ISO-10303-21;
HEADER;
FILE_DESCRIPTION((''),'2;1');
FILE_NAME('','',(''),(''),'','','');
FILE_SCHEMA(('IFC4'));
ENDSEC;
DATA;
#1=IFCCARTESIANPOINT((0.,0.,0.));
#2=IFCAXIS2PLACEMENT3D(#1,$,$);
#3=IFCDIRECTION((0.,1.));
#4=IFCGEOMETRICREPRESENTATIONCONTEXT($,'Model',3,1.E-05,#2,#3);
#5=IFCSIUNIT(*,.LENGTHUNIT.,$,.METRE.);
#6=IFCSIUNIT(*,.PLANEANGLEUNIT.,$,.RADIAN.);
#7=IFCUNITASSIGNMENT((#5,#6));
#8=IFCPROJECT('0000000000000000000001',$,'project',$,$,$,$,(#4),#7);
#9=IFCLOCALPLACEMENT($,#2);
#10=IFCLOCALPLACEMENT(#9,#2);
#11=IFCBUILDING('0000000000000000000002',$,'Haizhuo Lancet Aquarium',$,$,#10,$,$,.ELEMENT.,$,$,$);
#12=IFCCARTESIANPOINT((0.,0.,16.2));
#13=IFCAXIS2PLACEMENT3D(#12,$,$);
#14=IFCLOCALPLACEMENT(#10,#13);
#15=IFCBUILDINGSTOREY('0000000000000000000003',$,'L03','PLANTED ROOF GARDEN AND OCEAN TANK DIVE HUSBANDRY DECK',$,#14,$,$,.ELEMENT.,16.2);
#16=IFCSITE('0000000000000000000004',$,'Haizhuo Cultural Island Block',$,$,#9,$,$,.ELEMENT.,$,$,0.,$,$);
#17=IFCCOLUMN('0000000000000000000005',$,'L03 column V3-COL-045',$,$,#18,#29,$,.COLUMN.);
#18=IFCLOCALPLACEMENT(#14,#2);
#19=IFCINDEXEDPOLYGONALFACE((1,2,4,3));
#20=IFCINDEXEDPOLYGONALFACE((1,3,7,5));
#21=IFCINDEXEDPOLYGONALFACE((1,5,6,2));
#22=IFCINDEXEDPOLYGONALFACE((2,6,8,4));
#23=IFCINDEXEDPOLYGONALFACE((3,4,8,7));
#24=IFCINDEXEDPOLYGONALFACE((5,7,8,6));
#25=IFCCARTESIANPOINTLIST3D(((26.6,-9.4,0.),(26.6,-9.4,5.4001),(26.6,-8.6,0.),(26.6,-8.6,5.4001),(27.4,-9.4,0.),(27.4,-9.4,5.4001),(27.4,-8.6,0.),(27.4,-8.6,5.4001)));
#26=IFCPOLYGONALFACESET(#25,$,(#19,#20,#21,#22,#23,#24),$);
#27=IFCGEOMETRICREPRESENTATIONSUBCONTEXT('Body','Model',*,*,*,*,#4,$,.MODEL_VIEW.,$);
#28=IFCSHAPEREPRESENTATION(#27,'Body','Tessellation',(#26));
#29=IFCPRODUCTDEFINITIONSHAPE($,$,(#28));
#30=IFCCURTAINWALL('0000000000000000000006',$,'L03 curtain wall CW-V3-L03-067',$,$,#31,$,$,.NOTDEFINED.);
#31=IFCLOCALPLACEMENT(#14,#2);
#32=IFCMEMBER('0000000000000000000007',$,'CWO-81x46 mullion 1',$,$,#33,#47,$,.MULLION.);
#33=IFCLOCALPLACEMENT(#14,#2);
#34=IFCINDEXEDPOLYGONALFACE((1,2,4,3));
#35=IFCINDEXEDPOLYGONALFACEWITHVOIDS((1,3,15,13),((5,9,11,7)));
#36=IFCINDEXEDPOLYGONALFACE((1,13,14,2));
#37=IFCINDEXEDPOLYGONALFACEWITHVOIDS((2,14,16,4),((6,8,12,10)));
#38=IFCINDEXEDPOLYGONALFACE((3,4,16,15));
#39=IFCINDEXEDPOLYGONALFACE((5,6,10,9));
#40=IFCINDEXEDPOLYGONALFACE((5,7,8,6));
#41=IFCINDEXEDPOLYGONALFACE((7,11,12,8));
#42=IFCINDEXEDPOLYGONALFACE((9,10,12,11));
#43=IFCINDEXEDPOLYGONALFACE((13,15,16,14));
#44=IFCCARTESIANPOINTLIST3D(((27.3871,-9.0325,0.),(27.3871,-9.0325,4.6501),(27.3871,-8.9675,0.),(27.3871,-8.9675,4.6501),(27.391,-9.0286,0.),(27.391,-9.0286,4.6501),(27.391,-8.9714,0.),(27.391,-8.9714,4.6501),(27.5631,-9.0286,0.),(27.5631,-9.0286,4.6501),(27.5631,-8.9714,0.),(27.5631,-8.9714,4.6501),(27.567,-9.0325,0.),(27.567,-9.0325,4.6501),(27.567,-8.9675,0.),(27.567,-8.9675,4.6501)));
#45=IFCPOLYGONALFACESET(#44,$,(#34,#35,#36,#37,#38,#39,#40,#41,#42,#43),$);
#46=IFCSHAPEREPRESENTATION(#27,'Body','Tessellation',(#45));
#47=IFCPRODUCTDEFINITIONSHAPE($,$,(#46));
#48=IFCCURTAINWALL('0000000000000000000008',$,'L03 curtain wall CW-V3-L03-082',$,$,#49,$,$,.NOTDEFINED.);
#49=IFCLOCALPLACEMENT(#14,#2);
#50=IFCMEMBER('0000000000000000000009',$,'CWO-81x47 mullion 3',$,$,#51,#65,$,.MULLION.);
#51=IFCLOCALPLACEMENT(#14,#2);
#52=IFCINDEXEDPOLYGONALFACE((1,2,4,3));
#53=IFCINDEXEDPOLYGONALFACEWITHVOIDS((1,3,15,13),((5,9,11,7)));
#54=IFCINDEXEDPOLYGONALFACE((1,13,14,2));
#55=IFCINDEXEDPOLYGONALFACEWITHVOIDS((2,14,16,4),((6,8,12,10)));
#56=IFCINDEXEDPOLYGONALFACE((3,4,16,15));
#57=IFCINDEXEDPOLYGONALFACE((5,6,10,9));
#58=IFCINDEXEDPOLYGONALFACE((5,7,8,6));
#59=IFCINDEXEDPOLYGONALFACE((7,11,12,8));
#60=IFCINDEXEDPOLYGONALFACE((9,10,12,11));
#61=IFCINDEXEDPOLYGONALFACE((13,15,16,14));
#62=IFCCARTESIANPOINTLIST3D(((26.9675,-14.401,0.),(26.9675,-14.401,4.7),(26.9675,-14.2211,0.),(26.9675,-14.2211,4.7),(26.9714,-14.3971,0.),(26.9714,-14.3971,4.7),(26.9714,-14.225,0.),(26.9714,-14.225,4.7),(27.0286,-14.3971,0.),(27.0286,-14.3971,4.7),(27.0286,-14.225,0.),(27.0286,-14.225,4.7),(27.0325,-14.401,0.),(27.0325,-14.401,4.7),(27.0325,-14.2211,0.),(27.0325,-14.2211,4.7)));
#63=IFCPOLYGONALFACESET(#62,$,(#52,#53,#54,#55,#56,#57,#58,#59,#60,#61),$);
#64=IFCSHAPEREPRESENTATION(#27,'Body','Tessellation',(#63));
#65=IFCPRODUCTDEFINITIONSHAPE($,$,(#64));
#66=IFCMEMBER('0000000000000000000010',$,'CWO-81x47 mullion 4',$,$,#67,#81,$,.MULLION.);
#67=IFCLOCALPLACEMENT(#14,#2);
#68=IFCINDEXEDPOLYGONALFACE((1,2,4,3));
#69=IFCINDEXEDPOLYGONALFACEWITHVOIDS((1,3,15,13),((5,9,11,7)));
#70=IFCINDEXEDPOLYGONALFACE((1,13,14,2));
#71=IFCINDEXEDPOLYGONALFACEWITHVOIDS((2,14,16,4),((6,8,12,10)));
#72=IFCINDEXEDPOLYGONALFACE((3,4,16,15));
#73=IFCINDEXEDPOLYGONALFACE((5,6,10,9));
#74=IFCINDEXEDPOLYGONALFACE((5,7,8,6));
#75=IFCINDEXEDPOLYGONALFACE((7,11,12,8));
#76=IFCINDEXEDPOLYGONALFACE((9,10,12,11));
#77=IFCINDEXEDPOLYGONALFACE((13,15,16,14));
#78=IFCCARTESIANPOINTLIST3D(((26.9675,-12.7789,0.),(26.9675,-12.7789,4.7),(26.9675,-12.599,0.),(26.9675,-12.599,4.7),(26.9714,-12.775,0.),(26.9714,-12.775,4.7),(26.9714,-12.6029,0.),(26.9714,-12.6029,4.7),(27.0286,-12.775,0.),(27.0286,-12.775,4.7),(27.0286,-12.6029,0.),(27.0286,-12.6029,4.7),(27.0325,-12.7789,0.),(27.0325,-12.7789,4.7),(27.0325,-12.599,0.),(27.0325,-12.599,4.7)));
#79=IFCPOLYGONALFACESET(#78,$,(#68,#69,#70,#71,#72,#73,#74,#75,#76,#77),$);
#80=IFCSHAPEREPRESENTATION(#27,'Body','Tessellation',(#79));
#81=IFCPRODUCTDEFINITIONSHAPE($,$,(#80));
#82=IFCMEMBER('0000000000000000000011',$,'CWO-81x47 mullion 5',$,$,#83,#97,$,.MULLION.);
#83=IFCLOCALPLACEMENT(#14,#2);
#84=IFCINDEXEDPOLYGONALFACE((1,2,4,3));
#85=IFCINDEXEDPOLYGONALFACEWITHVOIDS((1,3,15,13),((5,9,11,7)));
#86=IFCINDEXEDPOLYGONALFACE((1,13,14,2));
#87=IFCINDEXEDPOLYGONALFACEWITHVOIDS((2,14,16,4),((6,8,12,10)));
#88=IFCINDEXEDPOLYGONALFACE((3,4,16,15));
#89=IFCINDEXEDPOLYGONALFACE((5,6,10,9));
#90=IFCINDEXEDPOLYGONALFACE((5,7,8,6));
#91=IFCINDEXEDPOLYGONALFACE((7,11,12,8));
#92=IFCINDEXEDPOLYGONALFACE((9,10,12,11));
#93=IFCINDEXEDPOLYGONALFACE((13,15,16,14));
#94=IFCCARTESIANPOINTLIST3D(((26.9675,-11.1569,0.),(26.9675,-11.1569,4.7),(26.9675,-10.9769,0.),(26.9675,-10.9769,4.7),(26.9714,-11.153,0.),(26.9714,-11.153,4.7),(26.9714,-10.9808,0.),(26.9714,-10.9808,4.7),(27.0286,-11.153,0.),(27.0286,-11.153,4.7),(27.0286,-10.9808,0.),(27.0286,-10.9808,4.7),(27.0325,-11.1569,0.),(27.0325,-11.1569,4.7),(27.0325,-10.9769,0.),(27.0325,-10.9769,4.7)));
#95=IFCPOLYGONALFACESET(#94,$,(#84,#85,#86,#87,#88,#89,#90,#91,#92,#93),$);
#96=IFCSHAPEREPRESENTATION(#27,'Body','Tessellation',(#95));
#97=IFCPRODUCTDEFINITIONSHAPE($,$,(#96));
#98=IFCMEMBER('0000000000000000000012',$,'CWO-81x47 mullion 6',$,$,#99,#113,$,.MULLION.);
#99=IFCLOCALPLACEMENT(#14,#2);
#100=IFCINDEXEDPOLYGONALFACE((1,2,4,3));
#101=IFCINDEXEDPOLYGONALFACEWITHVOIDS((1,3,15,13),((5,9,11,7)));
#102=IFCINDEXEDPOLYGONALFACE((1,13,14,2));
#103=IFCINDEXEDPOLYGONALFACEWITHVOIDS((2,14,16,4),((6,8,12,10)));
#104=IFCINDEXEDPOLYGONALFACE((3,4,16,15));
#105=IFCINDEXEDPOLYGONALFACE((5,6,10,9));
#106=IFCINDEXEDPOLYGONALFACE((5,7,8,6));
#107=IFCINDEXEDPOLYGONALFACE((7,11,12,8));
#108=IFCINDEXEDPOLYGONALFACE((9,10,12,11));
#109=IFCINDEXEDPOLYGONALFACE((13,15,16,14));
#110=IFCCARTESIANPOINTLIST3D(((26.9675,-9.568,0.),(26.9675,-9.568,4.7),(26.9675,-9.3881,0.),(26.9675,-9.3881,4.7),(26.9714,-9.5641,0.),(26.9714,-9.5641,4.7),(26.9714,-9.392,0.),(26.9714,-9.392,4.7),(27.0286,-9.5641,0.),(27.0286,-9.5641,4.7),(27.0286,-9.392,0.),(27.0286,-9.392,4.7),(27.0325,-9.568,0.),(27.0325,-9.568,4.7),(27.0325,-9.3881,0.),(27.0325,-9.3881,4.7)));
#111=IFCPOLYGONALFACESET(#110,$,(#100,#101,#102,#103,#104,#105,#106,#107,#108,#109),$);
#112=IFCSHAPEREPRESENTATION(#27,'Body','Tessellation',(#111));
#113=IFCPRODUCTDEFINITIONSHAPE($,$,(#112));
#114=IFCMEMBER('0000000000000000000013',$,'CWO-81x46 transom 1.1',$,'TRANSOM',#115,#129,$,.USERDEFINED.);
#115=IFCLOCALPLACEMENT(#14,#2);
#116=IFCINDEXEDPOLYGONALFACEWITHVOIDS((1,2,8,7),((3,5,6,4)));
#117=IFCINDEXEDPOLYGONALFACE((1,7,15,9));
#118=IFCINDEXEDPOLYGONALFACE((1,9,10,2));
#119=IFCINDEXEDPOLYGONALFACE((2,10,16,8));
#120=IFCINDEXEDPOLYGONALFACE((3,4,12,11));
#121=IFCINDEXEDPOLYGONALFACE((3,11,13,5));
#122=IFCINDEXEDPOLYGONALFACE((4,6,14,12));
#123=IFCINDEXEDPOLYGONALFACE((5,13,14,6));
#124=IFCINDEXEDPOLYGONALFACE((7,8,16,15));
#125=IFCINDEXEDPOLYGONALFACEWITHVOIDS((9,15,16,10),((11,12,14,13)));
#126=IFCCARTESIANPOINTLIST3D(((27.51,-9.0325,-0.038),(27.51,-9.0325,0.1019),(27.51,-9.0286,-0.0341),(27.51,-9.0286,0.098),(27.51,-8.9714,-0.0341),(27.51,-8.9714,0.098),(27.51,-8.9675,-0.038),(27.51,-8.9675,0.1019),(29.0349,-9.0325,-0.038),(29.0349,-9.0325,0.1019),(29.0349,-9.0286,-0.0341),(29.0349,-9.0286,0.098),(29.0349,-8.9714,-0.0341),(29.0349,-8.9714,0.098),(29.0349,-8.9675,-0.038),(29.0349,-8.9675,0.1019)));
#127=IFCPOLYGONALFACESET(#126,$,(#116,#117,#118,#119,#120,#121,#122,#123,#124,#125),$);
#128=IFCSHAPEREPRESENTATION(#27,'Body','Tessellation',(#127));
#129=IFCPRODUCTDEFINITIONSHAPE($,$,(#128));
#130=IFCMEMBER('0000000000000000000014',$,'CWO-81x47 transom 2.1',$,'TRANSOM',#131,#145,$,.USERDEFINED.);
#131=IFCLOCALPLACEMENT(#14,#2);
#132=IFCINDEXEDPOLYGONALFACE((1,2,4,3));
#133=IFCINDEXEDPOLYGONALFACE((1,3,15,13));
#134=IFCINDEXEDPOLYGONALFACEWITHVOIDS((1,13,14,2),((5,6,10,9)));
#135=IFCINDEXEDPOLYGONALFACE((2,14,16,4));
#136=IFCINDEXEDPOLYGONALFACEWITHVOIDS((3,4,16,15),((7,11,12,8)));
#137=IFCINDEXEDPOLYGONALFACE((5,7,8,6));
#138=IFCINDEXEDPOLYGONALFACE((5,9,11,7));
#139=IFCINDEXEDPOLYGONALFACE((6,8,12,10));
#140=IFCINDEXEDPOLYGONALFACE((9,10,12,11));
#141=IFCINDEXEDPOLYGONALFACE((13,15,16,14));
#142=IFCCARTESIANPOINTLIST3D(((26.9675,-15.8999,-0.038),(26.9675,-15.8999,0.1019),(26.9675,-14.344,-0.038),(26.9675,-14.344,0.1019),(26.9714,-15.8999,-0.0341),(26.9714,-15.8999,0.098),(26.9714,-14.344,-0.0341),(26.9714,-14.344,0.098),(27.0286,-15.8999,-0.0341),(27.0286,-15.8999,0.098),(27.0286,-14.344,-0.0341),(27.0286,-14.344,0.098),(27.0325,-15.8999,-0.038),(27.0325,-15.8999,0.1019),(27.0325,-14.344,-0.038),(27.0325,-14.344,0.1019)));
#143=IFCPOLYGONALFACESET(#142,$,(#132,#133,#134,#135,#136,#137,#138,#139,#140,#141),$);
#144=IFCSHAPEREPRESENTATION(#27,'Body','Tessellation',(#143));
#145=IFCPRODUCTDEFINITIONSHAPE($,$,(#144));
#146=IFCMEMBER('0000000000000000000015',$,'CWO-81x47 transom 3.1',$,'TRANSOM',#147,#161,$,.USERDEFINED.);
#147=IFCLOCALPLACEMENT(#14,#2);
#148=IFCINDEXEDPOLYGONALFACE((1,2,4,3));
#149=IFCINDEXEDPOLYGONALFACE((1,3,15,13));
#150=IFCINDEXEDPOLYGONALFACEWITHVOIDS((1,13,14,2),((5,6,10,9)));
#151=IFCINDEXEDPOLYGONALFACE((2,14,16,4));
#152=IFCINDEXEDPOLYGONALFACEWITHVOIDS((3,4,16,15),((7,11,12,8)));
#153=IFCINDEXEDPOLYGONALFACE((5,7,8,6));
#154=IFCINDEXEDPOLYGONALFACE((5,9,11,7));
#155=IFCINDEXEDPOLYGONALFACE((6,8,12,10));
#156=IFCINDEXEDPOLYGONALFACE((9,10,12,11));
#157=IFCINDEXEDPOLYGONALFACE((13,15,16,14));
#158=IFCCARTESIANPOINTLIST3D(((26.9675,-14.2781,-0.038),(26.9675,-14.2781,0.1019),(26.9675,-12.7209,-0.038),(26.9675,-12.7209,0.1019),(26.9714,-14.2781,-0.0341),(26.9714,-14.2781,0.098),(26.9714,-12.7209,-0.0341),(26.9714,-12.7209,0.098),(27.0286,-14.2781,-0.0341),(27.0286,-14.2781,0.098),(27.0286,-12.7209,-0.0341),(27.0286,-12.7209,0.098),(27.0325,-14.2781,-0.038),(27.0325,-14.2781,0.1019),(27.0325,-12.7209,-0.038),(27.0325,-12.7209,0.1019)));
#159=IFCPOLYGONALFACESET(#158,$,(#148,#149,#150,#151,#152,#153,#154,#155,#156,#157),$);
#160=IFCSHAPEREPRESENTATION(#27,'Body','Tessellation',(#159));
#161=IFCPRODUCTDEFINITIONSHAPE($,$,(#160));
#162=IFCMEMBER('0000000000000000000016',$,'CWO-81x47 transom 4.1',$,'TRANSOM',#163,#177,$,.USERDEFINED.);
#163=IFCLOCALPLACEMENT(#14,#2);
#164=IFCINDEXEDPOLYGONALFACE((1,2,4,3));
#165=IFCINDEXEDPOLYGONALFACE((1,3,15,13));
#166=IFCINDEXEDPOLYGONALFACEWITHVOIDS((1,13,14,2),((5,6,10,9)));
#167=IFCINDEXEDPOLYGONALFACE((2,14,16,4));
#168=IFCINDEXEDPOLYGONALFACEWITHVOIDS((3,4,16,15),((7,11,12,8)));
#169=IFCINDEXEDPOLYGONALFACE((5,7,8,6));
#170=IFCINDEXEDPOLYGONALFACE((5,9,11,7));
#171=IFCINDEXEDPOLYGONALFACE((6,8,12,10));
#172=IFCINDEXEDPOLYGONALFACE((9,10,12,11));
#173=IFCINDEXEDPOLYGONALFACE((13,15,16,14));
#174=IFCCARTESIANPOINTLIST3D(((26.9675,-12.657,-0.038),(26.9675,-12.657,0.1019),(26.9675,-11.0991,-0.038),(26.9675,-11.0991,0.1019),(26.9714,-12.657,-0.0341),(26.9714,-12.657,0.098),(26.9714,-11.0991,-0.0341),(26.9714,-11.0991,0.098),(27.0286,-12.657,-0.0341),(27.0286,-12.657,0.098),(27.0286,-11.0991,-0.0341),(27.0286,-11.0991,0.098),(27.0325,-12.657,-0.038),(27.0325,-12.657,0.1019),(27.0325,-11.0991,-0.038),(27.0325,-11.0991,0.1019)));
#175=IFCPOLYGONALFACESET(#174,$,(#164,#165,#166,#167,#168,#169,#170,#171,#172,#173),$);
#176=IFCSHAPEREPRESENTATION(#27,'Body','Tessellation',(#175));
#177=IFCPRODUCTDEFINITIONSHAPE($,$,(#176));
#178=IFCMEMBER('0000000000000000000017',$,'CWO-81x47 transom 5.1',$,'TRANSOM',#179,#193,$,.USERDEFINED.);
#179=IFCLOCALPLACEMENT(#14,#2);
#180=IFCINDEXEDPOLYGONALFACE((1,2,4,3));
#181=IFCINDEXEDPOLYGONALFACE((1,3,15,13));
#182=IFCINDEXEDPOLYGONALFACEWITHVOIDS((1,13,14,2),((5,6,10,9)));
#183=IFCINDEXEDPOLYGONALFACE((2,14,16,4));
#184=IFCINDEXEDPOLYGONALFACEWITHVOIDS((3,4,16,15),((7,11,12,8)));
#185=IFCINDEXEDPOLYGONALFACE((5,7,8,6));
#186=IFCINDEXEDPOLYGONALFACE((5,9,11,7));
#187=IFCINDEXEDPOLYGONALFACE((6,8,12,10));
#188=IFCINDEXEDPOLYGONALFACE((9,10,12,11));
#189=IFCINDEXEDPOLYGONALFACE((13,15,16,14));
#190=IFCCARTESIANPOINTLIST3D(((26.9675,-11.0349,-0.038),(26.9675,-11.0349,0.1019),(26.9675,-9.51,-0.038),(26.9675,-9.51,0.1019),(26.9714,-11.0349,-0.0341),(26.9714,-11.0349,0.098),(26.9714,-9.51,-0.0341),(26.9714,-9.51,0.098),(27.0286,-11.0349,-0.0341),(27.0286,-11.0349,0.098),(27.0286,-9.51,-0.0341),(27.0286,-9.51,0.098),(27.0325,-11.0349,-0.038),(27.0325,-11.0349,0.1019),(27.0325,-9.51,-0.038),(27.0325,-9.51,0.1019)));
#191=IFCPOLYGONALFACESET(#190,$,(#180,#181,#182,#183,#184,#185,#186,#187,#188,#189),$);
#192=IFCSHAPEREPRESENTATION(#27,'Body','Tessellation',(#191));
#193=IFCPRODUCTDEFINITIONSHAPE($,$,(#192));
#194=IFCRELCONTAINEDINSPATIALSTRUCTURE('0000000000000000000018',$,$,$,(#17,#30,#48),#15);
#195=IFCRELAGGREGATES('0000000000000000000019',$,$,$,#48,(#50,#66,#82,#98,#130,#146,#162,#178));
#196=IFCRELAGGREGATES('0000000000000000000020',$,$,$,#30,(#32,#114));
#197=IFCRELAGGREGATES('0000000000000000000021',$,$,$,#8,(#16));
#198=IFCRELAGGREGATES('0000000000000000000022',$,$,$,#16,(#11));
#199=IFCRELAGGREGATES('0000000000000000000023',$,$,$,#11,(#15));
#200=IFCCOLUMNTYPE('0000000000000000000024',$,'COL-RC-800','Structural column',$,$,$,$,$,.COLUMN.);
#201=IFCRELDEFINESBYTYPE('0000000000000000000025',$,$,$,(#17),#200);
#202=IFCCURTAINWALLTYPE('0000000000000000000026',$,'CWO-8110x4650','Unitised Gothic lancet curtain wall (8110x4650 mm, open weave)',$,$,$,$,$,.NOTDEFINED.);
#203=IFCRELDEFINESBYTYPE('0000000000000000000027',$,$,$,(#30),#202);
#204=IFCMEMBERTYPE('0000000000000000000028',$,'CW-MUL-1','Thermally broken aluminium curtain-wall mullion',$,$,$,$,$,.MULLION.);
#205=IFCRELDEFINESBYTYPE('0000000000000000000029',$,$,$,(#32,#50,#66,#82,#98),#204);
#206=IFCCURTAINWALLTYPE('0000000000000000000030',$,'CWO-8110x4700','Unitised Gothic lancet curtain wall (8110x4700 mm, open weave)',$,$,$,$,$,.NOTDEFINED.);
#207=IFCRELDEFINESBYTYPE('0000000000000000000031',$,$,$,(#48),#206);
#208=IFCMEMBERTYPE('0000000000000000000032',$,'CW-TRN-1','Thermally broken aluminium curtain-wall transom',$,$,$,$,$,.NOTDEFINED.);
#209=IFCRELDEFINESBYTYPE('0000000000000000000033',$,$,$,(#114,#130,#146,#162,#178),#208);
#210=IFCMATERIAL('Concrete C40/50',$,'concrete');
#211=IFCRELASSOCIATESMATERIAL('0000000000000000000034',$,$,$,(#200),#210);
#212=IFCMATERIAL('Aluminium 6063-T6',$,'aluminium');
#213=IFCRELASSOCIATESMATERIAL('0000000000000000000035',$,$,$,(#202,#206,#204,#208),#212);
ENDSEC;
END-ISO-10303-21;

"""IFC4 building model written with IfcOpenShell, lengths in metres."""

from ifc_helpers import new_model, si_unit, direction, frame, origin, origin_2d, place, context, subcontext, project, spatial, rectangle, hollow_rectangle, extrude, material, material_profile, profile_set, type_object, element, aggregate, save


model = new_model("IFC4")

# Units and contexts
model_context = context("Model", 3, precision=1e-05, world=origin(), true_north=direction((0.0, 1.0)))
body_context = subcontext(model_context, "Body", "Model", "MODEL_VIEW")
ifc_project = project(units=[si_unit("LENGTHUNIT", "METRE"), si_unit("PLANEANGLEUNIT", "RADIAN")], contexts=[model_context])

# Site, building, storey
site_placement = place(None, origin())
site = spatial("IfcSite", under=ifc_project, at=site_placement, Name="Haizhuo Cultural Island Block", CompositionType="ELEMENT", RefElevation=0.0)
building_placement = place(site_placement, origin())
building = spatial("IfcBuilding", under=site, at=building_placement, Name="Haizhuo Lancet Aquarium", CompositionType="ELEMENT")
storey_placement = place(building_placement, frame((0.0, 0.0, 16.2)))
storey = spatial("IfcBuildingStorey", under=building, at=storey_placement, Name="L03", Description="PLANTED ROOF GARDEN AND OCEAN TANK DIVE HUSBANDRY DECK", CompositionType="ELEMENT", Elevation=16.2)

# Column
ifc_material_1 = material(Name="Concrete C40/50", Category="concrete")
ifc_material_profile_1 = material_profile(ifc_material_1, rectangle(XDim=0.8, YDim=0.8, at=origin_2d()), Name="RC-COL 800x800")
ifc_profile_set_1 = profile_set([ifc_material_profile_1], Name="Concrete C40/50")
column_type = type_object("IfcColumnType", Name="COL-RC-800", Description="Structural column", PredefinedType="COLUMN", material=ifc_profile_set_1)
column_placement = place(storey_placement, frame((27.0, -9.0, 0.0), z_axis=(0.0, 0.0, 1.0), x_axis=(1.0, 0.0, 0.0)))
element("IfcColumn", 1, at=column_placement, inside=storey, type_object=column_type, Name="L03 column V3-COL-045", PredefinedType="COLUMN", context=body_context, shape_type="SweptSolid", body=[
    extrude(rectangle(XDim=0.8, YDim=0.8, at=origin_2d()), origin(), (0.0, 0.0, 1.0), 5.4001),
])

# Curtain wall, member
ifc_material_2 = material(Name="Aluminium 6063-T6", Category="aluminium")
curtain_wall_type_1 = type_object("IfcCurtainWallType", Name="CWO-8110x4650", Description="Unitised Gothic lancet curtain wall (8110x4650 mm, open weave)", PredefinedType="NOTDEFINED", material=ifc_material_2)
curtain_wall_1_placement = place(storey_placement, origin())
curtain_wall_1 = element("IfcCurtainWall", 2, at=curtain_wall_1_placement, inside=storey, type_object=curtain_wall_type_1, Name="L03 curtain wall CW-V3-L03-067", PredefinedType="NOTDEFINED")
ifc_material_profile_2 = material_profile(ifc_material_2, hollow_rectangle(XDim=0.0649, YDim=0.1799, WallThickness=0.0039, at=origin_2d()), Name="ALU-M 65x180x4")
ifc_profile_set_2 = profile_set([ifc_material_profile_2], Name="Aluminium 6063-T6")
member_type_1 = type_object("IfcMemberType", Name="CW-MUL-1", Description="Thermally broken aluminium curtain-wall mullion", PredefinedType="MULLION", material=ifc_profile_set_2)
member_1_placement = place(storey_placement, frame((27.4771, -9.0, 0.0), z_axis=(0.0, 0.0, 1.0), x_axis=(0.0, 1.0, 0.0)))
member_1 = element("IfcMember", 3, at=member_1_placement, type_object=member_type_1, Name="CWO-81x46 mullion 1", PredefinedType="MULLION", context=body_context, shape_type="SweptSolid", body=[
    extrude(hollow_rectangle(XDim=0.0649, YDim=0.1799, WallThickness=0.0039, at=origin_2d()), origin(), (0.0, 0.0, 1.0), 4.6501),
])

# Curtain wall, members
curtain_wall_type_2 = type_object("IfcCurtainWallType", Name="CWO-8110x4700", Description="Unitised Gothic lancet curtain wall (8110x4700 mm, open weave)", PredefinedType="NOTDEFINED", material=ifc_material_2)
curtain_wall_2_placement = place(storey_placement, origin())
curtain_wall_2 = element("IfcCurtainWall", 4, at=curtain_wall_2_placement, inside=storey, type_object=curtain_wall_type_2, Name="L03 curtain wall CW-V3-L03-082", PredefinedType="NOTDEFINED")
member_2_placement = place(storey_placement, frame((27.0, -14.311, 0.0), z_axis=(0.0, 0.0, 1.0), x_axis=(-1.0, 0.0, 0.0)))
member_2 = element("IfcMember", 5, at=member_2_placement, type_object=member_type_1, Name="CWO-81x47 mullion 3", PredefinedType="MULLION", context=body_context, shape_type="SweptSolid", body=[
    extrude(hollow_rectangle(XDim=0.0649, YDim=0.1799, WallThickness=0.0039, at=origin_2d()), origin(), (0.0, 0.0, 1.0), 4.7),
])
member_3_placement = place(storey_placement, frame((27.0, -12.689, 0.0), z_axis=(0.0, 0.0, 1.0), x_axis=(-1.0, 0.0, 0.0)))
member_3 = element("IfcMember", 6, at=member_3_placement, type_object=member_type_1, Name="CWO-81x47 mullion 4", PredefinedType="MULLION", context=body_context, shape_type="SweptSolid", body=[
    extrude(hollow_rectangle(XDim=0.0649, YDim=0.1799, WallThickness=0.0039, at=origin_2d()), origin(), (0.0, 0.0, 1.0), 4.7),
])
member_4_placement = place(storey_placement, frame((27.0, -11.0669, 0.0), z_axis=(0.0, 0.0, 1.0), x_axis=(-1.0, 0.0, 0.0)))
member_4 = element("IfcMember", 7, at=member_4_placement, type_object=member_type_1, Name="CWO-81x47 mullion 5", PredefinedType="MULLION", context=body_context, shape_type="SweptSolid", body=[
    extrude(hollow_rectangle(XDim=0.0649, YDim=0.1799, WallThickness=0.0039, at=origin_2d()), origin(), (0.0, 0.0, 1.0), 4.7),
])
member_5_placement = place(storey_placement, frame((27.0, -9.478, 0.0), z_axis=(0.0, 0.0, 1.0), x_axis=(-1.0, 0.0, 0.0)))
member_5 = element("IfcMember", 8, at=member_5_placement, type_object=member_type_1, Name="CWO-81x47 mullion 6", PredefinedType="MULLION", context=body_context, shape_type="SweptSolid", body=[
    extrude(hollow_rectangle(XDim=0.0649, YDim=0.1799, WallThickness=0.0039, at=origin_2d()), origin(), (0.0, 0.0, 1.0), 4.7),
])

# Members
ifc_material_profile_3 = material_profile(ifc_material_2, hollow_rectangle(XDim=0.0649, YDim=0.1399, WallThickness=0.0039, at=origin_2d()), Name="ALU-T 65x140x4")
ifc_profile_set_3 = profile_set([ifc_material_profile_3], Name="Aluminium 6063-T6")
member_type_2 = type_object("IfcMemberType", Name="CW-TRN-1", Description="Thermally broken aluminium curtain-wall transom", PredefinedType="NOTDEFINED", material=ifc_profile_set_3)
member_6_placement = place(storey_placement, frame((27.51, -9.0, 0.032), z_axis=(1.0, 0.0, 0.0), x_axis=(0.0, 1.0, 0.0)))
member_6 = element("IfcMember", 9, at=member_6_placement, type_object=member_type_2, Name="CWO-81x46 transom 1.1", ObjectType="TRANSOM", PredefinedType="USERDEFINED", context=body_context, shape_type="SweptSolid", body=[
    extrude(hollow_rectangle(XDim=0.0649, YDim=0.1399, WallThickness=0.0039, at=origin_2d()), origin(), (0.0, 0.0, 1.0), 1.5249),
])
member_7_placement = place(storey_placement, frame((27.0, -15.8999, 0.032), z_axis=(0.0, 1.0, 0.0), x_axis=(-1.0, 0.0, 0.0)))
member_7 = element("IfcMember", 10, at=member_7_placement, type_object=member_type_2, Name="CWO-81x47 transom 2.1", ObjectType="TRANSOM", PredefinedType="USERDEFINED", context=body_context, shape_type="SweptSolid", body=[
    extrude(hollow_rectangle(XDim=0.0649, YDim=0.1399, WallThickness=0.0039, at=origin_2d()), origin(), (0.0, 0.0, 1.0), 1.5559),
])
member_8_placement = place(storey_placement, frame((27.0, -14.2781, 0.032), z_axis=(0.0, 1.0, 0.0), x_axis=(-1.0, 0.0, 0.0)))
member_8 = element("IfcMember", 11, at=member_8_placement, type_object=member_type_2, Name="CWO-81x47 transom 3.1", ObjectType="TRANSOM", PredefinedType="USERDEFINED", context=body_context, shape_type="SweptSolid", body=[
    extrude(hollow_rectangle(XDim=0.0649, YDim=0.1399, WallThickness=0.0039, at=origin_2d()), origin(), (0.0, 0.0, 1.0), 1.5571),
])
member_9_placement = place(storey_placement, frame((27.0, -12.657, 0.032), z_axis=(0.0, 1.0, 0.0), x_axis=(-1.0, 0.0, 0.0)))
member_9 = element("IfcMember", 12, at=member_9_placement, type_object=member_type_2, Name="CWO-81x47 transom 4.1", ObjectType="TRANSOM", PredefinedType="USERDEFINED", context=body_context, shape_type="SweptSolid", body=[
    extrude(hollow_rectangle(XDim=0.0649, YDim=0.1399, WallThickness=0.0039, at=origin_2d()), origin(), (0.0, 0.0, 1.0), 1.5579),
])
member_10_placement = place(storey_placement, frame((27.0, -11.0349, 0.032), z_axis=(0.0, 1.0, 0.0), x_axis=(-1.0, 0.0, 0.0)))
member_10 = element("IfcMember", 13, at=member_10_placement, type_object=member_type_2, Name="CWO-81x47 transom 5.1", ObjectType="TRANSOM", PredefinedType="USERDEFINED", context=body_context, shape_type="SweptSolid", body=[
    extrude(hollow_rectangle(XDim=0.0649, YDim=0.1399, WallThickness=0.0039, at=origin_2d()), origin(), (0.0, 0.0, 1.0), 1.5249),
])

aggregate(curtain_wall_2, [member_2, member_3, member_4, member_5, member_7, member_8, member_9, member_10])
aggregate(curtain_wall_1, [member_1, member_6])

save(model, "model.ifc")
